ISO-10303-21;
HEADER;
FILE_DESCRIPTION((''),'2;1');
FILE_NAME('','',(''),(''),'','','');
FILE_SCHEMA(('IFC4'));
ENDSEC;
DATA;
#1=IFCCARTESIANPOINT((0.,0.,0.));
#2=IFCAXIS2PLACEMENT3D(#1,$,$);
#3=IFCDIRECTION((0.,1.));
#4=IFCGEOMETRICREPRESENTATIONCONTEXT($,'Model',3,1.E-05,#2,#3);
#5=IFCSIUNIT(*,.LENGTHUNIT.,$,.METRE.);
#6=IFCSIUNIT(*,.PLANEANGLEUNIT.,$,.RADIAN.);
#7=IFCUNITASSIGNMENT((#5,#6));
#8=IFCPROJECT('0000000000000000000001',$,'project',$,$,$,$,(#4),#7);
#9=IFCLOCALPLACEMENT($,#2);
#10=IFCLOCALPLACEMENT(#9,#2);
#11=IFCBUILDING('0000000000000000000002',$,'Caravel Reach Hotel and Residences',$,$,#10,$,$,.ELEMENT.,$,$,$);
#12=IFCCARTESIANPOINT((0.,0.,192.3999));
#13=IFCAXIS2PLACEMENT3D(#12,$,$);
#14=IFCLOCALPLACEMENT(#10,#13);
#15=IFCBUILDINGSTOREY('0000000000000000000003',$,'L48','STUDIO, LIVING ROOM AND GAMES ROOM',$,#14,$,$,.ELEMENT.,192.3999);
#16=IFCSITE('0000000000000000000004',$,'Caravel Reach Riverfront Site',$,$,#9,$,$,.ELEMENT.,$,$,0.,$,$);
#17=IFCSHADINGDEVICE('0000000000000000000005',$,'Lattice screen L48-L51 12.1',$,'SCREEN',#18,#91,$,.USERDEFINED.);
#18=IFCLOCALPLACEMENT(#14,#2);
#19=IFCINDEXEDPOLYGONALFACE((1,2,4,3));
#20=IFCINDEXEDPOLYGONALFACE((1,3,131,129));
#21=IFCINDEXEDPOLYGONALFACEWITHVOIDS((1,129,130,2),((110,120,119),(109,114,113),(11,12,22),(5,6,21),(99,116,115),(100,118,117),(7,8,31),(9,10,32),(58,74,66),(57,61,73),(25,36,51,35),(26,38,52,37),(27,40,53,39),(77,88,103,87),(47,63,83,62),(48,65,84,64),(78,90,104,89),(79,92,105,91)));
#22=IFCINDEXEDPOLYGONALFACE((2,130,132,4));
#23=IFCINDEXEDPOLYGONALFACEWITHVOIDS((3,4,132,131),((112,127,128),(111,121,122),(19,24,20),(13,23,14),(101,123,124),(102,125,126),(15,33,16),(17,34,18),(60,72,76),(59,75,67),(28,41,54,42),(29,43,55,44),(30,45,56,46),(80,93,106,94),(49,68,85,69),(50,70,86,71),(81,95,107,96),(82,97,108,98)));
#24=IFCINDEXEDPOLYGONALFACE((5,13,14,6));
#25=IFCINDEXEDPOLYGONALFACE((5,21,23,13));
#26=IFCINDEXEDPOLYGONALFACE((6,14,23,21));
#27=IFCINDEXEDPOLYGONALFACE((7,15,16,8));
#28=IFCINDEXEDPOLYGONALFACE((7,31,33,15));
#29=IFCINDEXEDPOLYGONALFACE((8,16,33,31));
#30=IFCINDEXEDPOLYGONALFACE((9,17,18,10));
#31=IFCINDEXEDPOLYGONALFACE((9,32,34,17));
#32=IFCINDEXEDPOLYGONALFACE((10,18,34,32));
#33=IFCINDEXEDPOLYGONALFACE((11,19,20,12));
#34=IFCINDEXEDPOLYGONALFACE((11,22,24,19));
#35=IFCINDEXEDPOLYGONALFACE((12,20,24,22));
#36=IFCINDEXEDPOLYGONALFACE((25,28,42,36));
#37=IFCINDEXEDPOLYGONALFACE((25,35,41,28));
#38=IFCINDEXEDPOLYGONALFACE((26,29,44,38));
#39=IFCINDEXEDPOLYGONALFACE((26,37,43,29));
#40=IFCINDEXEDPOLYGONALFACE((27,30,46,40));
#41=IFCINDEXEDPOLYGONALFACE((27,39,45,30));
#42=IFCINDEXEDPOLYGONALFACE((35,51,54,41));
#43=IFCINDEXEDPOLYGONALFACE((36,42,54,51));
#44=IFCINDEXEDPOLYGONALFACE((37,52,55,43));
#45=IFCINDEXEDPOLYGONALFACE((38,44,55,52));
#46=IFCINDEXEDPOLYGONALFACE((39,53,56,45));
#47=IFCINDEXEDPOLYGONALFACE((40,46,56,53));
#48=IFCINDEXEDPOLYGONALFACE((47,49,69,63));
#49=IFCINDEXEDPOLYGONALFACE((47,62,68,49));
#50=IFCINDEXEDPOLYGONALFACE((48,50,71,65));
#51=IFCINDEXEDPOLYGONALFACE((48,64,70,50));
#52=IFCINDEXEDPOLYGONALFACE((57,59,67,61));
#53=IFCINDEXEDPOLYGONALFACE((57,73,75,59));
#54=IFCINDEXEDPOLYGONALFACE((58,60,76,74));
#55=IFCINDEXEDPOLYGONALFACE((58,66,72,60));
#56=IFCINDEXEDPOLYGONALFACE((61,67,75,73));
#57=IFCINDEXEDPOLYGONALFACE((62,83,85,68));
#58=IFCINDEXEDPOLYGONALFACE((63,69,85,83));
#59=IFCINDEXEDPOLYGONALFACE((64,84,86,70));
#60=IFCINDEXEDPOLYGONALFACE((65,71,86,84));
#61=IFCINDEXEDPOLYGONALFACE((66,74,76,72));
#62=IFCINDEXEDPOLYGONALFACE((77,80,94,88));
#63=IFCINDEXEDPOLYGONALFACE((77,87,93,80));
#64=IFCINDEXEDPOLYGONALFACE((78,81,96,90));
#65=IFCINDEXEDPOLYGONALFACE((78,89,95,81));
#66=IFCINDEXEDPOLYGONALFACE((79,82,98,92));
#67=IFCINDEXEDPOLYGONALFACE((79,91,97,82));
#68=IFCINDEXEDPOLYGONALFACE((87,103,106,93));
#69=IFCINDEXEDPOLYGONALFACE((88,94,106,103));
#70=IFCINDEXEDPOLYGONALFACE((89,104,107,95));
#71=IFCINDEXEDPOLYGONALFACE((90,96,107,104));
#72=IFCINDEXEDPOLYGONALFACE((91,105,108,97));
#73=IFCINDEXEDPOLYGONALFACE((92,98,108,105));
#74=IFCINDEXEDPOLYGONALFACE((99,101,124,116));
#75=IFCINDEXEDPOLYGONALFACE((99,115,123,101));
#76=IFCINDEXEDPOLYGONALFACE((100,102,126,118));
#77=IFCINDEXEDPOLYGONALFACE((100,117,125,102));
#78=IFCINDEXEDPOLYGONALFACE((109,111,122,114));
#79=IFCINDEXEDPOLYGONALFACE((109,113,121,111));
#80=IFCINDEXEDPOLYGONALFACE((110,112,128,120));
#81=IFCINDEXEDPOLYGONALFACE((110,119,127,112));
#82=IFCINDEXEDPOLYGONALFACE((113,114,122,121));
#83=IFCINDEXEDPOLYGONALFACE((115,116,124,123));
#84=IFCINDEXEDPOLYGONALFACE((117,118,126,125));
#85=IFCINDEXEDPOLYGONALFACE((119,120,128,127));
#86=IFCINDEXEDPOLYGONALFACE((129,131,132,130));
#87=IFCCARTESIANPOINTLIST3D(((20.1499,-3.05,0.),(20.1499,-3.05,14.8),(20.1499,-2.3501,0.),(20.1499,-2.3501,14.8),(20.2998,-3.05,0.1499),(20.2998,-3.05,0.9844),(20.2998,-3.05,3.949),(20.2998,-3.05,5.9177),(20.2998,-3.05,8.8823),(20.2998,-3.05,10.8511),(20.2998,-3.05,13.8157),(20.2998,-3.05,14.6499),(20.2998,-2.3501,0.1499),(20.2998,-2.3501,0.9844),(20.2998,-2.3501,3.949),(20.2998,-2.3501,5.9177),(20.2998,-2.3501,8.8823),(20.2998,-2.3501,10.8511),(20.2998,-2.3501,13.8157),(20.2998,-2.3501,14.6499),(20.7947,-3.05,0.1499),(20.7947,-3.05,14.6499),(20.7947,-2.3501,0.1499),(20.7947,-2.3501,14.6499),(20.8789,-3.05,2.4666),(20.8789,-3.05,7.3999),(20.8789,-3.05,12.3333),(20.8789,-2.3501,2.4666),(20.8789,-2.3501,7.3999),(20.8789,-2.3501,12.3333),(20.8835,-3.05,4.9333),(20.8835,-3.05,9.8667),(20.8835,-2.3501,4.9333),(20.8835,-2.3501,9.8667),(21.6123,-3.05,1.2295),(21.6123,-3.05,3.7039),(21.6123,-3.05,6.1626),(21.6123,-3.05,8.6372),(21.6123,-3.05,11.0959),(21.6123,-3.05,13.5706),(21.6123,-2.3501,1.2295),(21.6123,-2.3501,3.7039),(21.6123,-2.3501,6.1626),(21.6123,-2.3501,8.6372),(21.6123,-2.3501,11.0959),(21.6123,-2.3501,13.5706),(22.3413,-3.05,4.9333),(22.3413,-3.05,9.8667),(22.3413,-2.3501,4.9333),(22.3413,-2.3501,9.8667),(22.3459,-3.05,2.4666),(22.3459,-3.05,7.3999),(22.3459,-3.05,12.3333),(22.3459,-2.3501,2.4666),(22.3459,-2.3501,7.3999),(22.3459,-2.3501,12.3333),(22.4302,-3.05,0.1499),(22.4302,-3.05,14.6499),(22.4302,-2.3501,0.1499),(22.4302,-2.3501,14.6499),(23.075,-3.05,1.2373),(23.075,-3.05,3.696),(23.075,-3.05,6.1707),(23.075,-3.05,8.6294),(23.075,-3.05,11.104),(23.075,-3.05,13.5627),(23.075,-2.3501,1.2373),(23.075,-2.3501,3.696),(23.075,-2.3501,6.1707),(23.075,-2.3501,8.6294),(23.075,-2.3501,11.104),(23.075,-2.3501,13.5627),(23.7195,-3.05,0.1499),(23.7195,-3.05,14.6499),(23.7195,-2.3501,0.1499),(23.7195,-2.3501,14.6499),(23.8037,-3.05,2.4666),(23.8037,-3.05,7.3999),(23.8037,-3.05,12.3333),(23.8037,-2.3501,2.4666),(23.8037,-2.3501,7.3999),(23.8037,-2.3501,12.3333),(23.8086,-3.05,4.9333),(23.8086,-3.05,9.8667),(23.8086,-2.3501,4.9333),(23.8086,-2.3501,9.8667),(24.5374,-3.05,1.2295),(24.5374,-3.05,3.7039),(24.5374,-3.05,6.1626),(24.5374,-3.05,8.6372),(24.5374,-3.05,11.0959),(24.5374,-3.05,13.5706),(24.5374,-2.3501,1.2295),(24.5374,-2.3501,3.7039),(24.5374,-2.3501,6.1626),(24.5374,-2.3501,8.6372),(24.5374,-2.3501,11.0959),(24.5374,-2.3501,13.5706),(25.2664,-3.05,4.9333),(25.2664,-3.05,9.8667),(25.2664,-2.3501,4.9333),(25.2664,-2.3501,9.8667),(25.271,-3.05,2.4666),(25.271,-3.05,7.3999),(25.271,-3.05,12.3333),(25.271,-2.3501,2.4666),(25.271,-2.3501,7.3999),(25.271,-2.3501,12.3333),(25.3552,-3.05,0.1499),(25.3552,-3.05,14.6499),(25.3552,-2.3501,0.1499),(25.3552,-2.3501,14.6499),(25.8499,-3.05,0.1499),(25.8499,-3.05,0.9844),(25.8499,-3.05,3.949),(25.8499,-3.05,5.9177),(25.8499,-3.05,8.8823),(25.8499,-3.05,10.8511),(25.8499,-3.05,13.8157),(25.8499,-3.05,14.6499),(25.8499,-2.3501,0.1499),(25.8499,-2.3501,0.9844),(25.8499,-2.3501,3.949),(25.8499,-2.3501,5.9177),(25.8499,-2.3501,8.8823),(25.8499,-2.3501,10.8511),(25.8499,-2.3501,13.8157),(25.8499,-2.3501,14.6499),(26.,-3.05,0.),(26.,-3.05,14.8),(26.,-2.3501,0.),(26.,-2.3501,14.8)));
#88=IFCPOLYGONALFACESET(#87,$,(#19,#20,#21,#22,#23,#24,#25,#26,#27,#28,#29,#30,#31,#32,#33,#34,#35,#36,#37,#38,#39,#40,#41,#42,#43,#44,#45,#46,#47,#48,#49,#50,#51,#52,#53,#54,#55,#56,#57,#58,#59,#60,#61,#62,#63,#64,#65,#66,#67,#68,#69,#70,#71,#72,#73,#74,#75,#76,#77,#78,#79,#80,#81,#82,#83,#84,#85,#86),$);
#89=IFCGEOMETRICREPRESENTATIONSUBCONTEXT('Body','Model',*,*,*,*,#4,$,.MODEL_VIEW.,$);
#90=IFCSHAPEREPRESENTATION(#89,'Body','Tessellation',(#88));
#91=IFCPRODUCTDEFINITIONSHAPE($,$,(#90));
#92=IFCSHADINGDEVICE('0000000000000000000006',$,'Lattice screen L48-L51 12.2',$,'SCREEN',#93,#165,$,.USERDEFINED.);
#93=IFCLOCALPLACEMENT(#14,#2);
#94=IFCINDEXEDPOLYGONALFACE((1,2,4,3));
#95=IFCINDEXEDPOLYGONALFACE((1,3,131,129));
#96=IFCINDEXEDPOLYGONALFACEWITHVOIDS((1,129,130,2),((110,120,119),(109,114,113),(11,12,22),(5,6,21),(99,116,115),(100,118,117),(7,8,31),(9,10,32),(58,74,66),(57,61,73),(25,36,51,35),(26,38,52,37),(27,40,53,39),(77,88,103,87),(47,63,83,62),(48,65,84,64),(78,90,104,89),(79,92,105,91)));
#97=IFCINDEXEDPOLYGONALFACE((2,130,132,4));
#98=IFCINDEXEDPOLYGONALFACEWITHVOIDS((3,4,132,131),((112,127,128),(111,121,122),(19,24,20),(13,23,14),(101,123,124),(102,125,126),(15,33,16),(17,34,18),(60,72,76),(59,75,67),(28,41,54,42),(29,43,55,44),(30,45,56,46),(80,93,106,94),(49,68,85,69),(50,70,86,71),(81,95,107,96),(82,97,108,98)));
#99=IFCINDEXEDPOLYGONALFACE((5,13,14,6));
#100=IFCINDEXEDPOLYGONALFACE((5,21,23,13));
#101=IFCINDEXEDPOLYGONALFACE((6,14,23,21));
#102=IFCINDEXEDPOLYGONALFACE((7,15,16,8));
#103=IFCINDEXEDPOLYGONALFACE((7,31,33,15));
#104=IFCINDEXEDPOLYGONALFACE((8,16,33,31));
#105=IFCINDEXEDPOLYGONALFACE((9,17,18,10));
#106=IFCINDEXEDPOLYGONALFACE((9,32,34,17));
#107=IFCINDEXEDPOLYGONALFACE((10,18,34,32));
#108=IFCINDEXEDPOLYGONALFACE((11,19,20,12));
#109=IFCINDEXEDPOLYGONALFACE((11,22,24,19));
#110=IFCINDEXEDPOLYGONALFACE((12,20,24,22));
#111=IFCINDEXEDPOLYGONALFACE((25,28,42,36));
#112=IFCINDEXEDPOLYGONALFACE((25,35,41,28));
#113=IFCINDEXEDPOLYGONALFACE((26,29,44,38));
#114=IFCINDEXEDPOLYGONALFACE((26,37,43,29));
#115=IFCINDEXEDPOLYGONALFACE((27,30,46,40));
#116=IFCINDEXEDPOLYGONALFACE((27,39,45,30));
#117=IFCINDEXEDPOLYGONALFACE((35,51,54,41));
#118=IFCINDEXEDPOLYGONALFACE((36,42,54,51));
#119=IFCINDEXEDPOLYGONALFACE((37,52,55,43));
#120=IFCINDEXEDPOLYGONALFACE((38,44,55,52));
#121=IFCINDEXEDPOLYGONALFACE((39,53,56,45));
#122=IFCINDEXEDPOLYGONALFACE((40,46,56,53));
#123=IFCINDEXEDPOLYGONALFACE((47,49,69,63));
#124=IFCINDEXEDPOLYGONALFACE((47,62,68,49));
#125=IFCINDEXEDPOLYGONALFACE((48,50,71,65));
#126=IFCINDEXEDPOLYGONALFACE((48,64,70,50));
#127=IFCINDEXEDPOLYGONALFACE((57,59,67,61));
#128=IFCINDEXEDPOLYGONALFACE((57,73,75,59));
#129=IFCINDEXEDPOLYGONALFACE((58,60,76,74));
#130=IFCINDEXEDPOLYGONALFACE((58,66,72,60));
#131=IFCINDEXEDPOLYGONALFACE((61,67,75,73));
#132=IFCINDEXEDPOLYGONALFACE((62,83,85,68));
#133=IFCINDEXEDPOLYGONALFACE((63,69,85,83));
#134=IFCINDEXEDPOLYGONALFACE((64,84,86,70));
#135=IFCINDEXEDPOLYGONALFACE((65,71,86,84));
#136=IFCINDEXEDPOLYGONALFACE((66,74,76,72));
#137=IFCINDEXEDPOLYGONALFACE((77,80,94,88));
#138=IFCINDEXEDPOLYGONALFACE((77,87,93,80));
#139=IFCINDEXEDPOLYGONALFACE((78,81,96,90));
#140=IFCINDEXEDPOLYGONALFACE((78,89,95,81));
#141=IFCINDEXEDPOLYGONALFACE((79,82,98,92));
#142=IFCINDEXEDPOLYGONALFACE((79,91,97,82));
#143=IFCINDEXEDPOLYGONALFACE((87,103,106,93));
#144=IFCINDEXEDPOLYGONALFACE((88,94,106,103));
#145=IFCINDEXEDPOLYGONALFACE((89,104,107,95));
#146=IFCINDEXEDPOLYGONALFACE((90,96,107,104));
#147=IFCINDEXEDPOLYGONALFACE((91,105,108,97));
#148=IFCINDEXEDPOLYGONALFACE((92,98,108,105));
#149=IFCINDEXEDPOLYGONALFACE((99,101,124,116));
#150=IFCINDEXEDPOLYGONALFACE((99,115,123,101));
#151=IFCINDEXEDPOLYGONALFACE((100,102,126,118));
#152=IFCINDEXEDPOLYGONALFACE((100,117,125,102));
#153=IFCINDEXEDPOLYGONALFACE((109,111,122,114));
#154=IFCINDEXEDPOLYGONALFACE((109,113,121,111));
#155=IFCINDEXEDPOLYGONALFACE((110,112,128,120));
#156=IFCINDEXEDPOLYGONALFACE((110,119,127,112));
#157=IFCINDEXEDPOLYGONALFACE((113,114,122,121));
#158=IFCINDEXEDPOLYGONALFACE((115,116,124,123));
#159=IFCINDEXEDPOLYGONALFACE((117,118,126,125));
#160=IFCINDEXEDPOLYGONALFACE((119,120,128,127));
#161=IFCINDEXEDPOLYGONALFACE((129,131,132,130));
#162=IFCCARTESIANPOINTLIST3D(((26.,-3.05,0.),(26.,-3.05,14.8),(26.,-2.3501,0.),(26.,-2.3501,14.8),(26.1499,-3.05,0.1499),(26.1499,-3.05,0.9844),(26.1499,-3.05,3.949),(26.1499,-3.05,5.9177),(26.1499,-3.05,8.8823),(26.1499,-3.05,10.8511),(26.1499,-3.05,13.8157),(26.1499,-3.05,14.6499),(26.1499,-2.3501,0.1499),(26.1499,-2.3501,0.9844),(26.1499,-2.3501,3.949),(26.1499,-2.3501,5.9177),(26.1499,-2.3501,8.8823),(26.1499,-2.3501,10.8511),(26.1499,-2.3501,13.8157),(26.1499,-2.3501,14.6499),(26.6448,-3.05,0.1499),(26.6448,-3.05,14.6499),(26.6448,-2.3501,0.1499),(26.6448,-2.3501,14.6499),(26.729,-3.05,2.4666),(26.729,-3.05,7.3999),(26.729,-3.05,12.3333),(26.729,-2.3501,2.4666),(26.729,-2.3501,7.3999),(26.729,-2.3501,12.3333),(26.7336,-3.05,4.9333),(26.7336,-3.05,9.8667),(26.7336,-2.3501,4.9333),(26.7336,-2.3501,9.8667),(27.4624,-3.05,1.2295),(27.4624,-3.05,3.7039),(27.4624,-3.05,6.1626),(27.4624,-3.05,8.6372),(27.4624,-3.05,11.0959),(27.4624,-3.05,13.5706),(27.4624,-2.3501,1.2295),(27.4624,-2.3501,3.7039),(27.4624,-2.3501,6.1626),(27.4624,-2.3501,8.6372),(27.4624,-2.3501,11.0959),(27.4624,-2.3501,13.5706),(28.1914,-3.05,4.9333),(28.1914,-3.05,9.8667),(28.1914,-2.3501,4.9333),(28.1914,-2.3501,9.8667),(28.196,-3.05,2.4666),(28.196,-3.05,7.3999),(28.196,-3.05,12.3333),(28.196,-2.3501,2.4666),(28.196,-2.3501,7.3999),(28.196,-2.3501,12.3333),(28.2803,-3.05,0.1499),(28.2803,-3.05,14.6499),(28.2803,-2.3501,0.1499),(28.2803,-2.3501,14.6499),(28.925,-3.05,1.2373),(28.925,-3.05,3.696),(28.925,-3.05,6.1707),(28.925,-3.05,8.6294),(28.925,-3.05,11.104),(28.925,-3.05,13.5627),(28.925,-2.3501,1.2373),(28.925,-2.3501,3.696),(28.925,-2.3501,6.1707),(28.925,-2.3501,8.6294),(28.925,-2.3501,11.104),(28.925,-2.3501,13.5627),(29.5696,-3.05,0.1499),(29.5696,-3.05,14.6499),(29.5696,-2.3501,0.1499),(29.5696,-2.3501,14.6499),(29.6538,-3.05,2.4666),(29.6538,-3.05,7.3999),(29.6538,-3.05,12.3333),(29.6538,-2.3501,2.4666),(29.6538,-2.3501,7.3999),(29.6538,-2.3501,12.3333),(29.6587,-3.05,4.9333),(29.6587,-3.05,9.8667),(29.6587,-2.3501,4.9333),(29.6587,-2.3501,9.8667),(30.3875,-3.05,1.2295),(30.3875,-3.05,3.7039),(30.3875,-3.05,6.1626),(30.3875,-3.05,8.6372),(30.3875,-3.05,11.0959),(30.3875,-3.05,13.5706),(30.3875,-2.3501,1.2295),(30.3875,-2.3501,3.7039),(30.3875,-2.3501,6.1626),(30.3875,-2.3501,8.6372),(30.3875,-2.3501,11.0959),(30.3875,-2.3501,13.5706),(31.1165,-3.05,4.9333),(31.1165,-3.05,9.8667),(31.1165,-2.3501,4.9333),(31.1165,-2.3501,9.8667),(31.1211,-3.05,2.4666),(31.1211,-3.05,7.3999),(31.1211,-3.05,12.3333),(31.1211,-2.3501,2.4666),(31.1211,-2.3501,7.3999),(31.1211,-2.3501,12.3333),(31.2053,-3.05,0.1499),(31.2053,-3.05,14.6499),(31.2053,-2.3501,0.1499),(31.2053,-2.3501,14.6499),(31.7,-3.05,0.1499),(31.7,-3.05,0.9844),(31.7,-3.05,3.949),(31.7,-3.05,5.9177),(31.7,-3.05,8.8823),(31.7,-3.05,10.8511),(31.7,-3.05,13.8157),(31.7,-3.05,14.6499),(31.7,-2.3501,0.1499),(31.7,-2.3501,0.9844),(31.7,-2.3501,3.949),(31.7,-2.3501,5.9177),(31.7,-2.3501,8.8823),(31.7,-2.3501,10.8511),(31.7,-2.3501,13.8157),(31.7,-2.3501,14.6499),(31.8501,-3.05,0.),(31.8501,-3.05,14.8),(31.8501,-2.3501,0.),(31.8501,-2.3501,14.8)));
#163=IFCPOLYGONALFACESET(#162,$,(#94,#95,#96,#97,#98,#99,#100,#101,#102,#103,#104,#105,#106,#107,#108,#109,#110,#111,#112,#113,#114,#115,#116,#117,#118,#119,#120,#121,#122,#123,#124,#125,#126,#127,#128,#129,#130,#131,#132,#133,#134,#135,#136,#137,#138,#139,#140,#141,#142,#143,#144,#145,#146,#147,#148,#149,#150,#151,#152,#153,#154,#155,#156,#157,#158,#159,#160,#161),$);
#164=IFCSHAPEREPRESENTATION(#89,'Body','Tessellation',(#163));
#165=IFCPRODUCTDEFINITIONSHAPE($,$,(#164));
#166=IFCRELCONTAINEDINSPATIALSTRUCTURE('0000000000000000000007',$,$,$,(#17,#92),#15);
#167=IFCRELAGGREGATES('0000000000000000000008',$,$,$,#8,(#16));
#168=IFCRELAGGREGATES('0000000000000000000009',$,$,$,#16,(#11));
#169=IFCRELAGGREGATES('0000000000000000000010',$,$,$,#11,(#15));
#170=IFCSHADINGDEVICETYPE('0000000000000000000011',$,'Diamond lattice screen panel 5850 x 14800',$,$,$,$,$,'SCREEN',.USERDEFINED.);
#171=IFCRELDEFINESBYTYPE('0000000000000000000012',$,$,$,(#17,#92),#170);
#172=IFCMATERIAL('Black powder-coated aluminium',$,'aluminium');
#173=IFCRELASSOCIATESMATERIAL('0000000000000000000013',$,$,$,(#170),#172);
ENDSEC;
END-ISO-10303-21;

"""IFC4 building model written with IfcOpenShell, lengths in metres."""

from ifc_helpers import new_model, si_unit, direction, frame, origin, place, context, subcontext, project, spatial, polyline, outline, extrude, material, type_object, element, save


model = new_model("IFC4")

# Units and contexts
model_context = context("Model", 3, precision=1e-05, world=origin(), true_north=direction((0.0, 1.0)))
body_context = subcontext(model_context, "Body", "Model", "MODEL_VIEW")
ifc_project = project(units=[si_unit("LENGTHUNIT", "METRE"), si_unit("PLANEANGLEUNIT", "RADIAN")], contexts=[model_context])

# Site, building, storey
site_placement = place(None, origin())
site = spatial("IfcSite", under=ifc_project, at=site_placement, Name="Caravel Reach Riverfront Site", CompositionType="ELEMENT", RefElevation=0.0)
building_placement = place(site_placement, origin())
building = spatial("IfcBuilding", under=site, at=building_placement, Name="Caravel Reach Hotel and Residences", CompositionType="ELEMENT")
storey_placement = place(building_placement, frame((0.0, 0.0, 192.3999)))
storey = spatial("IfcBuildingStorey", under=building, at=storey_placement, Name="L48", Description="STUDIO, LIVING ROOM AND GAMES ROOM", CompositionType="ELEMENT", Elevation=192.3999)

# Shading devices
ifc_material_1 = material(Name="Black powder-coated aluminium", Category="aluminium")
shading_device_type_1 = type_object("IfcShadingDeviceType", Name="Diamond lattice screen panel 5850 x 14800", ElementType="SCREEN", PredefinedType="USERDEFINED", material=ifc_material_1)
shading_device_1_placement = place(storey_placement, frame((20.1499, -2.3501, 0.0), z_axis=(0.0, -1.0, 0.0), x_axis=(1.0, 0.0, 0.0)))
element("IfcShadingDevice", 1, at=shading_device_1_placement, inside=storey, type_object=shading_device_type_1, Name="Lattice screen L48-L51 12.1", ObjectType="SCREEN", PredefinedType="USERDEFINED", context=body_context, shape_type="SweptSolid", body=[
    extrude(outline(polyline([(0.0, 0.0), (5.8501, 0.0), (5.8501, 14.8), (0.0, 14.8), (0.0, 0.0)]), holes=[polyline([(0.6448, 0.1499), (0.1499, 0.9844), (0.1499, 0.1499), (0.6448, 0.1499)]), polyline([(0.7336, 4.9333), (0.1499, 5.9177), (0.1499, 3.949), (0.7336, 4.9333)]), polyline([(0.7336, 9.8667), (0.1499, 10.8511), (0.1499, 8.8823), (0.7336, 9.8667)]), polyline([(0.1499, 13.8157), (0.6448, 14.6499), (0.1499, 14.6499), (0.1499, 13.8157)]), polyline([(1.4624, 3.7039), (0.729, 2.4666), (1.4624, 1.2295), (2.196, 2.4666), (1.4624, 3.7039)]), polyline([(1.4624, 8.6372), (0.729, 7.3999), (1.4624, 6.1626), (2.196, 7.3999), (1.4624, 8.6372)]), polyline([(1.4624, 13.5706), (0.729, 12.3333), (1.4624, 11.0959), (2.196, 12.3333), (1.4624, 13.5706)]), polyline([(2.925, 1.2373), (2.2803, 0.1499), (3.5696, 0.1499), (2.925, 1.2373)]), polyline([(2.925, 6.1707), (2.1914, 4.9333), (2.925, 3.696), (3.6587, 4.9333), (2.925, 6.1707)]), polyline([(2.925, 11.104), (2.1914, 9.8667), (2.925, 8.6294), (3.6587, 9.8667), (2.925, 11.104)]), polyline([(2.925, 13.5627), (3.5696, 14.6499), (2.2803, 14.6499), (2.925, 13.5627)]), polyline([(4.3875, 3.7039), (3.6538, 2.4666), (4.3875, 1.2295), (5.1211, 2.4666), (4.3875, 3.7039)]), polyline([(4.3875, 8.6372), (3.6538, 7.3999), (4.3875, 6.1626), (5.1211, 7.3999), (4.3875, 8.6372)]), polyline([(4.3875, 13.5706), (3.6538, 12.3333), (4.3875, 11.0959), (5.1211, 12.3333), (4.3875, 13.5706)]), polyline([(5.7, 0.9844), (5.2053, 0.1499), (5.7, 0.1499), (5.7, 0.9844)]), polyline([(5.1165, 4.9333), (5.7, 3.949), (5.7, 5.9177), (5.1165, 4.9333)]), polyline([(5.1165, 9.8667), (5.7, 8.8823), (5.7, 10.8511), (5.1165, 9.8667)]), polyline([(5.2053, 14.6499), (5.7, 13.8157), (5.7, 14.6499), (5.2053, 14.6499)])]), origin(), (0.0, 0.0, 1.0), 0.7),
])
shading_device_2_placement = place(storey_placement, frame((26.0, -2.3501, 0.0), z_axis=(0.0, -1.0, 0.0), x_axis=(1.0, 0.0, 0.0)))
element("IfcShadingDevice", 2, at=shading_device_2_placement, inside=storey, type_object=shading_device_type_1, Name="Lattice screen L48-L51 12.2", ObjectType="SCREEN", PredefinedType="USERDEFINED", context=body_context, shape_type="SweptSolid", body=[
    extrude(outline(polyline([(0.0, 0.0), (5.8501, 0.0), (5.8501, 14.8), (0.0, 14.8), (0.0, 0.0)]), holes=[polyline([(0.6448, 0.1499), (0.1499, 0.9844), (0.1499, 0.1499), (0.6448, 0.1499)]), polyline([(0.7336, 4.9333), (0.1499, 5.9177), (0.1499, 3.949), (0.7336, 4.9333)]), polyline([(0.7336, 9.8667), (0.1499, 10.8511), (0.1499, 8.8823), (0.7336, 9.8667)]), polyline([(0.1499, 13.8157), (0.6448, 14.6499), (0.1499, 14.6499), (0.1499, 13.8157)]), polyline([(1.4624, 3.7039), (0.729, 2.4666), (1.4624, 1.2295), (2.196, 2.4666), (1.4624, 3.7039)]), polyline([(1.4624, 8.6372), (0.729, 7.3999), (1.4624, 6.1626), (2.196, 7.3999), (1.4624, 8.6372)]), polyline([(1.4624, 13.5706), (0.729, 12.3333), (1.4624, 11.0959), (2.196, 12.3333), (1.4624, 13.5706)]), polyline([(2.925, 1.2373), (2.2803, 0.1499), (3.5696, 0.1499), (2.925, 1.2373)]), polyline([(2.925, 6.1707), (2.1914, 4.9333), (2.925, 3.696), (3.6587, 4.9333), (2.925, 6.1707)]), polyline([(2.925, 11.104), (2.1914, 9.8667), (2.925, 8.6294), (3.6587, 9.8667), (2.925, 11.104)]), polyline([(2.925, 13.5627), (3.5696, 14.6499), (2.2803, 14.6499), (2.925, 13.5627)]), polyline([(4.3875, 3.7039), (3.6538, 2.4666), (4.3875, 1.2295), (5.1211, 2.4666), (4.3875, 3.7039)]), polyline([(4.3875, 8.6372), (3.6538, 7.3999), (4.3875, 6.1626), (5.1211, 7.3999), (4.3875, 8.6372)]), polyline([(4.3875, 13.5706), (3.6538, 12.3333), (4.3875, 11.0959), (5.1211, 12.3333), (4.3875, 13.5706)]), polyline([(5.7, 0.9844), (5.2053, 0.1499), (5.7, 0.1499), (5.7, 0.9844)]), polyline([(5.1165, 4.9333), (5.7, 3.949), (5.7, 5.9177), (5.1165, 4.9333)]), polyline([(5.1165, 9.8667), (5.7, 8.8823), (5.7, 10.8511), (5.1165, 9.8667)]), polyline([(5.2053, 14.6499), (5.7, 13.8157), (5.7, 14.6499), (5.2053, 14.6499)])]), origin(), (0.0, 0.0, 1.0), 0.7),
])

save(model, "model.ifc")
